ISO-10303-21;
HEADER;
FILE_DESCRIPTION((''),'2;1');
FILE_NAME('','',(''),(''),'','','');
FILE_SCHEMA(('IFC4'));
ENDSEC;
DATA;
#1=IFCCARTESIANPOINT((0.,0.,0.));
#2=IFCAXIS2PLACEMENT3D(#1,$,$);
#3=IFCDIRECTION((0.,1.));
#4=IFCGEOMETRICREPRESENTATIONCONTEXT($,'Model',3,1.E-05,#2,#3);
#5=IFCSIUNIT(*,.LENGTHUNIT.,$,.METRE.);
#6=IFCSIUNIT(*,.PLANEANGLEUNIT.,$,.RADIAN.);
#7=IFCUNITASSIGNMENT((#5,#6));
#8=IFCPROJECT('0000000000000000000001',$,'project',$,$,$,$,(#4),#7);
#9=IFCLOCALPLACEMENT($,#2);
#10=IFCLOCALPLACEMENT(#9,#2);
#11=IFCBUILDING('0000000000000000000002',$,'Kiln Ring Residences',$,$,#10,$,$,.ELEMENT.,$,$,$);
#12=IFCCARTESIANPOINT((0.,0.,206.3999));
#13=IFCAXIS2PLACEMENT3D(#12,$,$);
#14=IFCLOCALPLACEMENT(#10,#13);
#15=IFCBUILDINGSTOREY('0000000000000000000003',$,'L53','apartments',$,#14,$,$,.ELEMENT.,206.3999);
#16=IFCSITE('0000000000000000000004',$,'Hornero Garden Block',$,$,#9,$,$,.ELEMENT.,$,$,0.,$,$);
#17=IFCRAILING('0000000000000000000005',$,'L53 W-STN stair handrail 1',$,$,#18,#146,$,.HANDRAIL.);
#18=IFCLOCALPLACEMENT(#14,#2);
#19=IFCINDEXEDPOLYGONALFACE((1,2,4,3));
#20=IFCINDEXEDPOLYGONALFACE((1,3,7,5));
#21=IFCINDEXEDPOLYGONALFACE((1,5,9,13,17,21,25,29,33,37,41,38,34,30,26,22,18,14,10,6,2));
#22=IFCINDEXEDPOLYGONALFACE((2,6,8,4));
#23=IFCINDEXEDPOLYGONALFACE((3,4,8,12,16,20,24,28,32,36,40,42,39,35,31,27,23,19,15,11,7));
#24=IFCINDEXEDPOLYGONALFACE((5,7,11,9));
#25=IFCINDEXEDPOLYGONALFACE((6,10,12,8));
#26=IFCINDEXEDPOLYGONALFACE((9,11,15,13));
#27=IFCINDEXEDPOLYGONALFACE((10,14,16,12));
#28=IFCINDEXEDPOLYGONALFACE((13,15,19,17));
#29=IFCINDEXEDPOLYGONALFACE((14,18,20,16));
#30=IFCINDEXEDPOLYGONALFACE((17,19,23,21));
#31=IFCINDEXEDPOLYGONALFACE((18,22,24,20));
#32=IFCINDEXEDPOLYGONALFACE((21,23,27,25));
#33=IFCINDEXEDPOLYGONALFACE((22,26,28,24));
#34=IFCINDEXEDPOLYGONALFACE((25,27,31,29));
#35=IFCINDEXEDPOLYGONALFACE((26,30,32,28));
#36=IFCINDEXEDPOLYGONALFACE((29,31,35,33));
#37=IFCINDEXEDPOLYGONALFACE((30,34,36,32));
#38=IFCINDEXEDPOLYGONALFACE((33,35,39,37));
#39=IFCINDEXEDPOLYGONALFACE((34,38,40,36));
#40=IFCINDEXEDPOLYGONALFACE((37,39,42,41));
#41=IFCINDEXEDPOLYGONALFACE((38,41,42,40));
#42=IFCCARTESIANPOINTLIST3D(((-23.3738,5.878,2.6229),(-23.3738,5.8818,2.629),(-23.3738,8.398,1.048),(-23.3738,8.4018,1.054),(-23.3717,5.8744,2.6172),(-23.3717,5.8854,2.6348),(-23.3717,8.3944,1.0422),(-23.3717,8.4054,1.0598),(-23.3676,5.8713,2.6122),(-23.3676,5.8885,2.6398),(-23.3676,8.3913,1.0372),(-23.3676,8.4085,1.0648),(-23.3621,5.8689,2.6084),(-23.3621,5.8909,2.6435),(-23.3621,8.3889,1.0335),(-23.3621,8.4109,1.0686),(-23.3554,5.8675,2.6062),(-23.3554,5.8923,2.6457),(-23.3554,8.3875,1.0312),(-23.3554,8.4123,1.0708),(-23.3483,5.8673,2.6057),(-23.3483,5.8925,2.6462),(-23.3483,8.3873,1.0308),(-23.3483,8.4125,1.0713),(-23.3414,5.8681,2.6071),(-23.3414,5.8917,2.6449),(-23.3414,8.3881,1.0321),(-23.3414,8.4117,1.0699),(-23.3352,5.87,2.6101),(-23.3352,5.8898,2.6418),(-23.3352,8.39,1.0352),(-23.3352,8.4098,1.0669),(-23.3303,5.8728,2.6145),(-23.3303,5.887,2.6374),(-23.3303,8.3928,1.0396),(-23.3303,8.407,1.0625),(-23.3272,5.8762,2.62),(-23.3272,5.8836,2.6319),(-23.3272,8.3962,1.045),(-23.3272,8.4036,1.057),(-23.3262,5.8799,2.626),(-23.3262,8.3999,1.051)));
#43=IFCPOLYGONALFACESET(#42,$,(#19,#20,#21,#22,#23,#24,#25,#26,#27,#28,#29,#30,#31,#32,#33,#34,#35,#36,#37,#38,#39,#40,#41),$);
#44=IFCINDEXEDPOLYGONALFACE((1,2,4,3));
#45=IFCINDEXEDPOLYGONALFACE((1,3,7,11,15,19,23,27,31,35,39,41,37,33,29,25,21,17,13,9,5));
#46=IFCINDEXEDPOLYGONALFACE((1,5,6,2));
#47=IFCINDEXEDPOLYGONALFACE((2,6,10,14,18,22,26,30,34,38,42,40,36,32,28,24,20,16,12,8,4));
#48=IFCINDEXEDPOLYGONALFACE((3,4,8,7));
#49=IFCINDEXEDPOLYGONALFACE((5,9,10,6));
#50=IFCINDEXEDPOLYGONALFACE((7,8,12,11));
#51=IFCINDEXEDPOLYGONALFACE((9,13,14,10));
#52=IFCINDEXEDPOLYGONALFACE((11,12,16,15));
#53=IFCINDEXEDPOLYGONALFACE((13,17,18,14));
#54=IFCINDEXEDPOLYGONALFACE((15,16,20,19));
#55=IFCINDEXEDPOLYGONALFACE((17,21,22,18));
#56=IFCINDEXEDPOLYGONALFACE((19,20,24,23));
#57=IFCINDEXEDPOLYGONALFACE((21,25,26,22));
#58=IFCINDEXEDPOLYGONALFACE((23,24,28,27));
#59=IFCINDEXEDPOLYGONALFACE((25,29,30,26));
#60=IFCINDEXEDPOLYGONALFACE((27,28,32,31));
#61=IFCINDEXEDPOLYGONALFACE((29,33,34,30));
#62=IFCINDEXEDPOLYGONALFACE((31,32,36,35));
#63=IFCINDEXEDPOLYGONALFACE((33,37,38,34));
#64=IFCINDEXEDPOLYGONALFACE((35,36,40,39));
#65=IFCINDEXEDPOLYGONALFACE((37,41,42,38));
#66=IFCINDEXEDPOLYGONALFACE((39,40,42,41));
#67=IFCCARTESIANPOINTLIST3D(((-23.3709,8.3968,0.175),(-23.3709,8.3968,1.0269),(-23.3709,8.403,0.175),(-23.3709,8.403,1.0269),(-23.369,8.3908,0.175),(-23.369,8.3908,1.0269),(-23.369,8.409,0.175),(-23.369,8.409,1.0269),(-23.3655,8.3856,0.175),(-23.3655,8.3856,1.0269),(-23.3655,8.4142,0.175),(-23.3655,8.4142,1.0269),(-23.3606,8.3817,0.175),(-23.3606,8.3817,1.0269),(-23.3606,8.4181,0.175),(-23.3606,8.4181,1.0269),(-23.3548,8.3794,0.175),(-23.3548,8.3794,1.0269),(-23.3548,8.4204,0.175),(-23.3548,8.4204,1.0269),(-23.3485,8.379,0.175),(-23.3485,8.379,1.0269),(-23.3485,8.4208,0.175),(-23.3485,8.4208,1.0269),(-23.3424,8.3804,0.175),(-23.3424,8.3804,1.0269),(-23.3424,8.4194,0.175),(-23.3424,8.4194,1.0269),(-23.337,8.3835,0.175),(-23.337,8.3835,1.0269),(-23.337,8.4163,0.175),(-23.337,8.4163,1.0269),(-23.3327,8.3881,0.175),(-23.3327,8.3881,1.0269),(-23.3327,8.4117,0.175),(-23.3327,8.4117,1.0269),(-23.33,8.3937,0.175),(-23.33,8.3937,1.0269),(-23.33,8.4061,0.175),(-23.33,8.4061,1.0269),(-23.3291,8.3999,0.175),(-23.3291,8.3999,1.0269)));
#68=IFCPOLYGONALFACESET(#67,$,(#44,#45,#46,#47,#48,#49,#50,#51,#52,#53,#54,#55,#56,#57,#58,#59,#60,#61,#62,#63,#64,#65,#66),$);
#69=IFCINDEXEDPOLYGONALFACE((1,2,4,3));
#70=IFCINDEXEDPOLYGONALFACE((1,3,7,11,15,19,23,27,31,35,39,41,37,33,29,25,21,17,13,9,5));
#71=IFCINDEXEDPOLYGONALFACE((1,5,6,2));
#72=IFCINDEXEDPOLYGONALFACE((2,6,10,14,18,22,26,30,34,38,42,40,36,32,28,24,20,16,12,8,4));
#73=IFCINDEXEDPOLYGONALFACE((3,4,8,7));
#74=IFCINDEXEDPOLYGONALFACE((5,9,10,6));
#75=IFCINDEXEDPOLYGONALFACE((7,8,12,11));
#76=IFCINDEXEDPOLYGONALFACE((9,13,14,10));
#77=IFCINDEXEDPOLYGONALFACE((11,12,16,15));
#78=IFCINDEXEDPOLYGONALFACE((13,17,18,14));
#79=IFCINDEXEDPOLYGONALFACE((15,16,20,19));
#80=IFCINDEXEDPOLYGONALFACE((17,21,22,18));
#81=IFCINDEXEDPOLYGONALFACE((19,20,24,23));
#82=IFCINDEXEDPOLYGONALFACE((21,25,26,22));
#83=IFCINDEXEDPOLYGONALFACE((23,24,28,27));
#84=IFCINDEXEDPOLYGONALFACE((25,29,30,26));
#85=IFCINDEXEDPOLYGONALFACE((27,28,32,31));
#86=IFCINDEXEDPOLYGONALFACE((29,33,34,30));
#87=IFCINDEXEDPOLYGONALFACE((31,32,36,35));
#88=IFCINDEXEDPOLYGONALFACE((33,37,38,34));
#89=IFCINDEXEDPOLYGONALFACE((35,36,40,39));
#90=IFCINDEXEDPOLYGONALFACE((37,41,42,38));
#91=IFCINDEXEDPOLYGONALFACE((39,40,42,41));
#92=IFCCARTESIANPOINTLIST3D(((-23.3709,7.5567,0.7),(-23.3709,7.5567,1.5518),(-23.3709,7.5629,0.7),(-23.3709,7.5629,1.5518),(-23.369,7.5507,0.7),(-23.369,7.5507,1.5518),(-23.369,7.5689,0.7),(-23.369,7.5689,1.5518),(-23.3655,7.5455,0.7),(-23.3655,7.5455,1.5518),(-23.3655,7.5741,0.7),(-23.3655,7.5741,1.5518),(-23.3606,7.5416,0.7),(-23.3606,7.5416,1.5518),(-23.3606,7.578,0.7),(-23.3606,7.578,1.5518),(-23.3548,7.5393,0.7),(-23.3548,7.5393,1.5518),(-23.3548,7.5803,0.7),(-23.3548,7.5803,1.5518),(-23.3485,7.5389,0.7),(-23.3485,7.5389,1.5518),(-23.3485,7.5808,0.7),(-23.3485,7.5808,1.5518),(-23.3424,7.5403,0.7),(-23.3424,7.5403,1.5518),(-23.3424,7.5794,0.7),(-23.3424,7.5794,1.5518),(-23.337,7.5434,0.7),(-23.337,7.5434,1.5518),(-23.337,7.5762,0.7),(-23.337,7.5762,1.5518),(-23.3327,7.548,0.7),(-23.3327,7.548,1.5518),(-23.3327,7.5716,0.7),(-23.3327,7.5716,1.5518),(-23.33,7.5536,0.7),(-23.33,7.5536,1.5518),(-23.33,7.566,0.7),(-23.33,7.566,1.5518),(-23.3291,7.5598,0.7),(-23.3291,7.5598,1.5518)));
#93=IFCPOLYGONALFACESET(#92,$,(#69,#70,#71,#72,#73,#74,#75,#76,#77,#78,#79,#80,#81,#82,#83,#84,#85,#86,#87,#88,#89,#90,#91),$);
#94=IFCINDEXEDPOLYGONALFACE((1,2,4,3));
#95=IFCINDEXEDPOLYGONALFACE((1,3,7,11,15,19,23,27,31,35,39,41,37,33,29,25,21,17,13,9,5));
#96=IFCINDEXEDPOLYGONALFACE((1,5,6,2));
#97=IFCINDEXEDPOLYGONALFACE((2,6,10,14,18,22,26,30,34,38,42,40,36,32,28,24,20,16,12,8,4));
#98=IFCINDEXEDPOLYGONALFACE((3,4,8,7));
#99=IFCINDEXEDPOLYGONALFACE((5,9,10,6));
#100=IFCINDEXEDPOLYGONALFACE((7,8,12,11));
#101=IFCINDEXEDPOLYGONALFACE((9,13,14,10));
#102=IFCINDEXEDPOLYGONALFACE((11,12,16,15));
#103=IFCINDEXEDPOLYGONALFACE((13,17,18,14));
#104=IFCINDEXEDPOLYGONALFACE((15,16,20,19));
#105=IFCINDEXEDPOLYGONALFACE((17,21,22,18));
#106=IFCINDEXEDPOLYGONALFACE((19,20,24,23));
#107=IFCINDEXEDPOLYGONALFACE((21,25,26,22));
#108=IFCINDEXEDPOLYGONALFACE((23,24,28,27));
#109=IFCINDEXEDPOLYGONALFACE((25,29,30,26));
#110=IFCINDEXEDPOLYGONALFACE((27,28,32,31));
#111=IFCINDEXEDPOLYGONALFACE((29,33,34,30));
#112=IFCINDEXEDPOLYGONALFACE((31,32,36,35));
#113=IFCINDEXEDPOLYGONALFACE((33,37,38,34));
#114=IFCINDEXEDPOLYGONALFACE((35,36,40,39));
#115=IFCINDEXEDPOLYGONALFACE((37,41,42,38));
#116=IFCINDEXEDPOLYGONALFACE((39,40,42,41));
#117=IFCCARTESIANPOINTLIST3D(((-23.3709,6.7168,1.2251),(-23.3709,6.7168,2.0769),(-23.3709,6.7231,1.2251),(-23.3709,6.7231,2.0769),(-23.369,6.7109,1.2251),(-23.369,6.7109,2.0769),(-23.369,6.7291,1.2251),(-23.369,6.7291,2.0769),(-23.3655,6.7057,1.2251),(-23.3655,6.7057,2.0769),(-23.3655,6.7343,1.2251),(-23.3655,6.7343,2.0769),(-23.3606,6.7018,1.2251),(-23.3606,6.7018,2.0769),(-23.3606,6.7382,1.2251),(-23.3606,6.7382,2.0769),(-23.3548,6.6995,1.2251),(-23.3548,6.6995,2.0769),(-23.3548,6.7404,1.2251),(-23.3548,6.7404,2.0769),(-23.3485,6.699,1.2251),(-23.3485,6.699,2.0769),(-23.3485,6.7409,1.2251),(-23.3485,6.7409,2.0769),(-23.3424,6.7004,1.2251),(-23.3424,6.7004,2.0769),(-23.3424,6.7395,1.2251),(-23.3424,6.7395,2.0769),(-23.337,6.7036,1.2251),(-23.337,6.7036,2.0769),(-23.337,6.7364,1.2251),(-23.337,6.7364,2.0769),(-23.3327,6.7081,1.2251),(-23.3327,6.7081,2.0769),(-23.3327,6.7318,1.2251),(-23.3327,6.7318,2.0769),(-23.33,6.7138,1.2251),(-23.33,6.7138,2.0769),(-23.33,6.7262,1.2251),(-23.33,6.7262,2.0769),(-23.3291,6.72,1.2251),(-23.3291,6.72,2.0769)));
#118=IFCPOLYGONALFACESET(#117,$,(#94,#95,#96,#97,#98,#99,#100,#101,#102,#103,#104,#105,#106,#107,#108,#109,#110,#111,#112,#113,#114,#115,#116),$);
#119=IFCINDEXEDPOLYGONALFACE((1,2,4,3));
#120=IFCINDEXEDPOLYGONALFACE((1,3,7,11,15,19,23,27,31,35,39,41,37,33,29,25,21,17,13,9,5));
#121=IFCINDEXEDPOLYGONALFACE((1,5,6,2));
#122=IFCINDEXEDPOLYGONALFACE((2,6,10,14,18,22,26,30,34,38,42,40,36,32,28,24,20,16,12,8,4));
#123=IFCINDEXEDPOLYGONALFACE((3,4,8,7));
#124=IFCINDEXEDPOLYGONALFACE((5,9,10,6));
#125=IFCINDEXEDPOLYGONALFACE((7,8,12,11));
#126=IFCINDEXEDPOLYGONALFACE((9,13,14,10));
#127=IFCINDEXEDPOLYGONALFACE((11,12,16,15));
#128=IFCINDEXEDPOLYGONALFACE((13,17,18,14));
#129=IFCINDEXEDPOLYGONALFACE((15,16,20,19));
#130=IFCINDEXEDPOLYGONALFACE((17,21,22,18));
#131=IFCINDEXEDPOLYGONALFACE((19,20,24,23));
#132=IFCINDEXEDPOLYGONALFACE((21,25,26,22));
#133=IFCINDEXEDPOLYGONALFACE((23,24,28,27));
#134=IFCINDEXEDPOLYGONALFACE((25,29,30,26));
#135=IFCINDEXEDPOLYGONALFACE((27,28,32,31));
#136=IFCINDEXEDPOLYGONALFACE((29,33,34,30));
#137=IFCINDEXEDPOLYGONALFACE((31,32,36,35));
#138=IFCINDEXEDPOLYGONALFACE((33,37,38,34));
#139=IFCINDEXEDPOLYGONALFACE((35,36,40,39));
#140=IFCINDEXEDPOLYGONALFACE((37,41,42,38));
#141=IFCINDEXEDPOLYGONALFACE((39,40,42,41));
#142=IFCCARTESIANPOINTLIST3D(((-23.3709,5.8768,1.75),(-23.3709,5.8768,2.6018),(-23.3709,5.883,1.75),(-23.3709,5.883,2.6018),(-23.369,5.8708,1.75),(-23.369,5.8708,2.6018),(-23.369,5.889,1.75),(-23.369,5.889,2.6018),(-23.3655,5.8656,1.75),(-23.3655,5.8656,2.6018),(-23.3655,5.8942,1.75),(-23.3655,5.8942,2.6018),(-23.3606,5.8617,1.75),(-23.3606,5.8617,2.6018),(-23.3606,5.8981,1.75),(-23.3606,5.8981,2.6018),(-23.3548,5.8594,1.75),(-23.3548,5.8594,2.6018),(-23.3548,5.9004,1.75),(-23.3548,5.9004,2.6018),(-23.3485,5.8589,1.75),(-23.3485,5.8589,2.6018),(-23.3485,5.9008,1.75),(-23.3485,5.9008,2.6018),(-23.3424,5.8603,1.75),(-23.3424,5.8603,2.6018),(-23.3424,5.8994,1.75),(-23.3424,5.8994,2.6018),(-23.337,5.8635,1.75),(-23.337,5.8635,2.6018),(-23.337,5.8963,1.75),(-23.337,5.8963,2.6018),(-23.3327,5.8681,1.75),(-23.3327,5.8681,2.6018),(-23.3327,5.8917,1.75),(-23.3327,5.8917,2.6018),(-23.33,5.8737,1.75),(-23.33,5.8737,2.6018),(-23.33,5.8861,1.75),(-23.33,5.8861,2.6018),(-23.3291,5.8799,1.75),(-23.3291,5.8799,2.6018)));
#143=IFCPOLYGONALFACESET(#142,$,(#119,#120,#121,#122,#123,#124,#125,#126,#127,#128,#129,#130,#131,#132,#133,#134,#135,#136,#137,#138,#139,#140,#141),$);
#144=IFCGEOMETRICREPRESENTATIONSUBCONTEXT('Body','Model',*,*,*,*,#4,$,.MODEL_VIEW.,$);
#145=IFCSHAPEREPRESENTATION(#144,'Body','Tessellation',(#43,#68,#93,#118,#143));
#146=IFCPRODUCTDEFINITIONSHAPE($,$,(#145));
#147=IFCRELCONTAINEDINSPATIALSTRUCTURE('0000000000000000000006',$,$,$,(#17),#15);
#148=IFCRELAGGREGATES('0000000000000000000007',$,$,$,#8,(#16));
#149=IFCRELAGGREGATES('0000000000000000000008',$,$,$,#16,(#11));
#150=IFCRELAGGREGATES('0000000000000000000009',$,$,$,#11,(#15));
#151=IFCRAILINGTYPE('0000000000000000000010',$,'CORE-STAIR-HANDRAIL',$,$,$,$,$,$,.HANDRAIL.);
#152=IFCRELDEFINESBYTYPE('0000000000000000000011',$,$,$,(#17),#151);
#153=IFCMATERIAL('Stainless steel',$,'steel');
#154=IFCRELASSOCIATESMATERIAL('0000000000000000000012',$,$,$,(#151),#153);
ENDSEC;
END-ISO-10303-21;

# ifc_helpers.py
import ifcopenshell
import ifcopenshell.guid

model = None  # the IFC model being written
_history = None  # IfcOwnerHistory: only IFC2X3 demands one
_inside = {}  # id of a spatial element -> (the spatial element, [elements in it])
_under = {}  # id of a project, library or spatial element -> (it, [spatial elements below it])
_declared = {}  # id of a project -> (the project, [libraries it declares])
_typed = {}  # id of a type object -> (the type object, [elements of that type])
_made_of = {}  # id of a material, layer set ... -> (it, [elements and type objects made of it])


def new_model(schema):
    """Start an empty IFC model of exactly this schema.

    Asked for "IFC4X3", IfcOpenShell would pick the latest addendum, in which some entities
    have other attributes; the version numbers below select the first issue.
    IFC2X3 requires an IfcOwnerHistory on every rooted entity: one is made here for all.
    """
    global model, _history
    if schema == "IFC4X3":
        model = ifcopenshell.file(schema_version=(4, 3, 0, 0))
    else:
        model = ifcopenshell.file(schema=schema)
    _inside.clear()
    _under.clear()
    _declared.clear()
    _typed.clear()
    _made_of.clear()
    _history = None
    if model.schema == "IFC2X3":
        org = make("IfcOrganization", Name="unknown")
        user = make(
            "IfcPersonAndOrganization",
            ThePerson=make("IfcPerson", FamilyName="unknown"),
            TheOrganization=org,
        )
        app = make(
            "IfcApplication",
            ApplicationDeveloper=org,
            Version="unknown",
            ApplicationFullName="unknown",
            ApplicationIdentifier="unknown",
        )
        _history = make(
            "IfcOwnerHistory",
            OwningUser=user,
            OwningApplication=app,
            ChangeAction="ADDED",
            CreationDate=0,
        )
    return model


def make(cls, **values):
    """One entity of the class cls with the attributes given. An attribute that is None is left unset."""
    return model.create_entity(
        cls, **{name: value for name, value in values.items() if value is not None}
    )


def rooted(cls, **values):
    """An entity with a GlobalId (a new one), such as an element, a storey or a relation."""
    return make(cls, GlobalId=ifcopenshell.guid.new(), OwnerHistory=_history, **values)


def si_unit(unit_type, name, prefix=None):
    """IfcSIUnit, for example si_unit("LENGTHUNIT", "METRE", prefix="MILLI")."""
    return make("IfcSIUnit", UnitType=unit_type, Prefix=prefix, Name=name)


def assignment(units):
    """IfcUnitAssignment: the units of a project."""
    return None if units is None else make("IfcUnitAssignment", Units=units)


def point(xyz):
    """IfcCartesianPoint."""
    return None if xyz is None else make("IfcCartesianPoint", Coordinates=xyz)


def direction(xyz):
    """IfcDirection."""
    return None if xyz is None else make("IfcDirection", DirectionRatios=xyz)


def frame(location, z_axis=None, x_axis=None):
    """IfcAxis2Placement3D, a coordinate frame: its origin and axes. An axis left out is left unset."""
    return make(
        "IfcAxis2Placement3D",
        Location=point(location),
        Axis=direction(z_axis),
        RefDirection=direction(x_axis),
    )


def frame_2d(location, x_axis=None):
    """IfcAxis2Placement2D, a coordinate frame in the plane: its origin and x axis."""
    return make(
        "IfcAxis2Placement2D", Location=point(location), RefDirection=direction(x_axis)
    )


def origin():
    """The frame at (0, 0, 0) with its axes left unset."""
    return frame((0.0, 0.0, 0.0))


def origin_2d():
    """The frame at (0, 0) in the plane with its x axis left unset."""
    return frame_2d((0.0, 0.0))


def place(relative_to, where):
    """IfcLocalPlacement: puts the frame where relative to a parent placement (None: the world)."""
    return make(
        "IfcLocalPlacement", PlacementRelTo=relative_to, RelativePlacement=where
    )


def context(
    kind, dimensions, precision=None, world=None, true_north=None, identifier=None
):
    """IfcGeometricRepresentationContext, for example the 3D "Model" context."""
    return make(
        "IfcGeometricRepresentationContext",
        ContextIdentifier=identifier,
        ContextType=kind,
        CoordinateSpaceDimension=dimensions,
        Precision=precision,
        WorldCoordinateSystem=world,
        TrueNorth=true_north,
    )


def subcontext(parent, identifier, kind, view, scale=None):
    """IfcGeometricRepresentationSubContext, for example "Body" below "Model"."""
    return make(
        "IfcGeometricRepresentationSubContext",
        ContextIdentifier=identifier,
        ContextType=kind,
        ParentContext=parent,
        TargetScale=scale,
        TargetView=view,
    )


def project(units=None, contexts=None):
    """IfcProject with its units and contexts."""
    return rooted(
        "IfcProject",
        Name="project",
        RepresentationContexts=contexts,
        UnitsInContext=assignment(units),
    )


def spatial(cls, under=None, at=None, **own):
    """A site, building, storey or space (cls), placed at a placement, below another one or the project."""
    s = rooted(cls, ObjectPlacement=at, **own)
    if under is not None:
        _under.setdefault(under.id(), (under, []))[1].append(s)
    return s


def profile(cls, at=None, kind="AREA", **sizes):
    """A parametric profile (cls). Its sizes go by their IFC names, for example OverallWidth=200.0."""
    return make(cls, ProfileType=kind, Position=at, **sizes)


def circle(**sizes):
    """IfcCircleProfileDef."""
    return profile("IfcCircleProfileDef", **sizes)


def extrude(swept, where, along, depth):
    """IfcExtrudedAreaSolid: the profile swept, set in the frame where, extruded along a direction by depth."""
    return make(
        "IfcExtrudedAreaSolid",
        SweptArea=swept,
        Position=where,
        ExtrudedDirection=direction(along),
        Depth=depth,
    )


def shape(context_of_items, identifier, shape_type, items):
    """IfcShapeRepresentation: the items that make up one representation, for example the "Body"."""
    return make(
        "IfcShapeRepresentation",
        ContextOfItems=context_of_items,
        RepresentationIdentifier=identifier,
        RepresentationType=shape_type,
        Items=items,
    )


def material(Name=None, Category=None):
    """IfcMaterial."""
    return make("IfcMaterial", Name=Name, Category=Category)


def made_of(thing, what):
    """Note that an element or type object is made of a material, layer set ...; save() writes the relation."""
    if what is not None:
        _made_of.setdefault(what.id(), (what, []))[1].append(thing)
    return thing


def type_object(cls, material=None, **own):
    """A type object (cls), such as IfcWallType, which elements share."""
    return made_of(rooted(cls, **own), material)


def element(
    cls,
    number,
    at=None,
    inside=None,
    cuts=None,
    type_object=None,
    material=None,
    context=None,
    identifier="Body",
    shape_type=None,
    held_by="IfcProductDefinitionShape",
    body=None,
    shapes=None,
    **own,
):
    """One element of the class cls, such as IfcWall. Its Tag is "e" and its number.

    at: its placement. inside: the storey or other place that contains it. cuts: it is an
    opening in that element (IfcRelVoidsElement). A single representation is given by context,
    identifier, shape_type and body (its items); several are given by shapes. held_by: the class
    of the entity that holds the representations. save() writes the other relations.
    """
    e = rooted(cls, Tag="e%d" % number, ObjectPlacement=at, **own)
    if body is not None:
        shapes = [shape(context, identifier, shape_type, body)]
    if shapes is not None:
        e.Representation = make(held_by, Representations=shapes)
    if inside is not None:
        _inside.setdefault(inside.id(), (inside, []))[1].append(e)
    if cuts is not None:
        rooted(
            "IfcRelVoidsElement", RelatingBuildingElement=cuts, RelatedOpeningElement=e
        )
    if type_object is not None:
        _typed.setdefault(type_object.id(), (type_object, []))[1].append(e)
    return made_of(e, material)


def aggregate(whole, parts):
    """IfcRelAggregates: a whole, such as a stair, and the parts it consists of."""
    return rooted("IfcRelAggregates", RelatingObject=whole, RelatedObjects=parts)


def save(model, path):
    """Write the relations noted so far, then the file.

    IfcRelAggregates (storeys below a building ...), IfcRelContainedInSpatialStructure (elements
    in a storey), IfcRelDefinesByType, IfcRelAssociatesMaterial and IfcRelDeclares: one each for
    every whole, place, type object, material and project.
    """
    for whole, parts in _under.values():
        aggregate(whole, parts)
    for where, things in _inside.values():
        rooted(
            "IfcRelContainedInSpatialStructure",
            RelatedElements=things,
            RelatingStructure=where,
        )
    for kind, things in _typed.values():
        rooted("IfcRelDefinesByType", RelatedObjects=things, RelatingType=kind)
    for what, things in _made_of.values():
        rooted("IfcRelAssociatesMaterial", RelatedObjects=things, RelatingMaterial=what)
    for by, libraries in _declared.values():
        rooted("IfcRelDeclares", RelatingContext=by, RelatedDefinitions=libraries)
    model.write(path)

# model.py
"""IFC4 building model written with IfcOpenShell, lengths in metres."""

from ifc_helpers import new_model, si_unit, direction, frame, origin, origin_2d, place, context, subcontext, project, spatial, circle, extrude, material, type_object, element, save


model = new_model("IFC4")

# Units and contexts
model_context = context("Model", 3, precision=1e-05, world=origin(), true_north=direction((0.0, 1.0)))
body_context = subcontext(model_context, "Body", "Model", "MODEL_VIEW")
ifc_project = project(units=[si_unit("LENGTHUNIT", "METRE"), si_unit("PLANEANGLEUNIT", "RADIAN")], contexts=[model_context])

# Site, building, storey
site_placement = place(None, origin())
site = spatial("IfcSite", under=ifc_project, at=site_placement, Name="Hornero Garden Block", CompositionType="ELEMENT", RefElevation=0.0)
building_placement = place(site_placement, origin())
building = spatial("IfcBuilding", under=site, at=building_placement, Name="Kiln Ring Residences", CompositionType="ELEMENT")
storey_placement = place(building_placement, frame((0.0, 0.0, 206.3999)))
storey = spatial("IfcBuildingStorey", under=building, at=storey_placement, Name="L53", Description="apartments", CompositionType="ELEMENT", Elevation=206.3999)

# Railing
ifc_material_1 = material(Name="Stainless steel", Category="steel")
railing_type_1 = type_object("IfcRailingType", Name="CORE-STAIR-HANDRAIL", PredefinedType="HANDRAIL", material=ifc_material_1)
railing_1_placement = place(storey_placement, frame((-23.3501, 8.3999, 0.175)))
element("IfcRailing", 1, at=railing_1_placement, inside=storey, type_object=railing_type_1, Name="L53 W-STN stair handrail 1", PredefinedType="HANDRAIL", context=body_context, shape_type="SweptSolid", body=[
    extrude(circle(Radius=0.0239, at=origin_2d()), frame((0.0, 0.0, 0.876), z_axis=(0.0, -0.848008, 0.529984), x_axis=(1.0, 0.0, 0.0)), (0.0, 0.0, 1.0), 2.9717),
    extrude(circle(Radius=0.021, at=origin_2d()), origin(), (0.0, 0.0, 1.0), 0.8518),
    extrude(circle(Radius=0.021, at=origin_2d()), frame((0.0, -0.8401, 0.5249)), (0.0, 0.0, 1.0), 0.8518),
    extrude(circle(Radius=0.021, at=origin_2d()), frame((0.0, -1.6799, 1.05)), (0.0, 0.0, 1.0), 0.8518),
    extrude(circle(Radius=0.021, at=origin_2d()), frame((0.0, -2.52, 1.575)), (0.0, 0.0, 1.0), 0.8518),
])

save(model, "model.ifc")
